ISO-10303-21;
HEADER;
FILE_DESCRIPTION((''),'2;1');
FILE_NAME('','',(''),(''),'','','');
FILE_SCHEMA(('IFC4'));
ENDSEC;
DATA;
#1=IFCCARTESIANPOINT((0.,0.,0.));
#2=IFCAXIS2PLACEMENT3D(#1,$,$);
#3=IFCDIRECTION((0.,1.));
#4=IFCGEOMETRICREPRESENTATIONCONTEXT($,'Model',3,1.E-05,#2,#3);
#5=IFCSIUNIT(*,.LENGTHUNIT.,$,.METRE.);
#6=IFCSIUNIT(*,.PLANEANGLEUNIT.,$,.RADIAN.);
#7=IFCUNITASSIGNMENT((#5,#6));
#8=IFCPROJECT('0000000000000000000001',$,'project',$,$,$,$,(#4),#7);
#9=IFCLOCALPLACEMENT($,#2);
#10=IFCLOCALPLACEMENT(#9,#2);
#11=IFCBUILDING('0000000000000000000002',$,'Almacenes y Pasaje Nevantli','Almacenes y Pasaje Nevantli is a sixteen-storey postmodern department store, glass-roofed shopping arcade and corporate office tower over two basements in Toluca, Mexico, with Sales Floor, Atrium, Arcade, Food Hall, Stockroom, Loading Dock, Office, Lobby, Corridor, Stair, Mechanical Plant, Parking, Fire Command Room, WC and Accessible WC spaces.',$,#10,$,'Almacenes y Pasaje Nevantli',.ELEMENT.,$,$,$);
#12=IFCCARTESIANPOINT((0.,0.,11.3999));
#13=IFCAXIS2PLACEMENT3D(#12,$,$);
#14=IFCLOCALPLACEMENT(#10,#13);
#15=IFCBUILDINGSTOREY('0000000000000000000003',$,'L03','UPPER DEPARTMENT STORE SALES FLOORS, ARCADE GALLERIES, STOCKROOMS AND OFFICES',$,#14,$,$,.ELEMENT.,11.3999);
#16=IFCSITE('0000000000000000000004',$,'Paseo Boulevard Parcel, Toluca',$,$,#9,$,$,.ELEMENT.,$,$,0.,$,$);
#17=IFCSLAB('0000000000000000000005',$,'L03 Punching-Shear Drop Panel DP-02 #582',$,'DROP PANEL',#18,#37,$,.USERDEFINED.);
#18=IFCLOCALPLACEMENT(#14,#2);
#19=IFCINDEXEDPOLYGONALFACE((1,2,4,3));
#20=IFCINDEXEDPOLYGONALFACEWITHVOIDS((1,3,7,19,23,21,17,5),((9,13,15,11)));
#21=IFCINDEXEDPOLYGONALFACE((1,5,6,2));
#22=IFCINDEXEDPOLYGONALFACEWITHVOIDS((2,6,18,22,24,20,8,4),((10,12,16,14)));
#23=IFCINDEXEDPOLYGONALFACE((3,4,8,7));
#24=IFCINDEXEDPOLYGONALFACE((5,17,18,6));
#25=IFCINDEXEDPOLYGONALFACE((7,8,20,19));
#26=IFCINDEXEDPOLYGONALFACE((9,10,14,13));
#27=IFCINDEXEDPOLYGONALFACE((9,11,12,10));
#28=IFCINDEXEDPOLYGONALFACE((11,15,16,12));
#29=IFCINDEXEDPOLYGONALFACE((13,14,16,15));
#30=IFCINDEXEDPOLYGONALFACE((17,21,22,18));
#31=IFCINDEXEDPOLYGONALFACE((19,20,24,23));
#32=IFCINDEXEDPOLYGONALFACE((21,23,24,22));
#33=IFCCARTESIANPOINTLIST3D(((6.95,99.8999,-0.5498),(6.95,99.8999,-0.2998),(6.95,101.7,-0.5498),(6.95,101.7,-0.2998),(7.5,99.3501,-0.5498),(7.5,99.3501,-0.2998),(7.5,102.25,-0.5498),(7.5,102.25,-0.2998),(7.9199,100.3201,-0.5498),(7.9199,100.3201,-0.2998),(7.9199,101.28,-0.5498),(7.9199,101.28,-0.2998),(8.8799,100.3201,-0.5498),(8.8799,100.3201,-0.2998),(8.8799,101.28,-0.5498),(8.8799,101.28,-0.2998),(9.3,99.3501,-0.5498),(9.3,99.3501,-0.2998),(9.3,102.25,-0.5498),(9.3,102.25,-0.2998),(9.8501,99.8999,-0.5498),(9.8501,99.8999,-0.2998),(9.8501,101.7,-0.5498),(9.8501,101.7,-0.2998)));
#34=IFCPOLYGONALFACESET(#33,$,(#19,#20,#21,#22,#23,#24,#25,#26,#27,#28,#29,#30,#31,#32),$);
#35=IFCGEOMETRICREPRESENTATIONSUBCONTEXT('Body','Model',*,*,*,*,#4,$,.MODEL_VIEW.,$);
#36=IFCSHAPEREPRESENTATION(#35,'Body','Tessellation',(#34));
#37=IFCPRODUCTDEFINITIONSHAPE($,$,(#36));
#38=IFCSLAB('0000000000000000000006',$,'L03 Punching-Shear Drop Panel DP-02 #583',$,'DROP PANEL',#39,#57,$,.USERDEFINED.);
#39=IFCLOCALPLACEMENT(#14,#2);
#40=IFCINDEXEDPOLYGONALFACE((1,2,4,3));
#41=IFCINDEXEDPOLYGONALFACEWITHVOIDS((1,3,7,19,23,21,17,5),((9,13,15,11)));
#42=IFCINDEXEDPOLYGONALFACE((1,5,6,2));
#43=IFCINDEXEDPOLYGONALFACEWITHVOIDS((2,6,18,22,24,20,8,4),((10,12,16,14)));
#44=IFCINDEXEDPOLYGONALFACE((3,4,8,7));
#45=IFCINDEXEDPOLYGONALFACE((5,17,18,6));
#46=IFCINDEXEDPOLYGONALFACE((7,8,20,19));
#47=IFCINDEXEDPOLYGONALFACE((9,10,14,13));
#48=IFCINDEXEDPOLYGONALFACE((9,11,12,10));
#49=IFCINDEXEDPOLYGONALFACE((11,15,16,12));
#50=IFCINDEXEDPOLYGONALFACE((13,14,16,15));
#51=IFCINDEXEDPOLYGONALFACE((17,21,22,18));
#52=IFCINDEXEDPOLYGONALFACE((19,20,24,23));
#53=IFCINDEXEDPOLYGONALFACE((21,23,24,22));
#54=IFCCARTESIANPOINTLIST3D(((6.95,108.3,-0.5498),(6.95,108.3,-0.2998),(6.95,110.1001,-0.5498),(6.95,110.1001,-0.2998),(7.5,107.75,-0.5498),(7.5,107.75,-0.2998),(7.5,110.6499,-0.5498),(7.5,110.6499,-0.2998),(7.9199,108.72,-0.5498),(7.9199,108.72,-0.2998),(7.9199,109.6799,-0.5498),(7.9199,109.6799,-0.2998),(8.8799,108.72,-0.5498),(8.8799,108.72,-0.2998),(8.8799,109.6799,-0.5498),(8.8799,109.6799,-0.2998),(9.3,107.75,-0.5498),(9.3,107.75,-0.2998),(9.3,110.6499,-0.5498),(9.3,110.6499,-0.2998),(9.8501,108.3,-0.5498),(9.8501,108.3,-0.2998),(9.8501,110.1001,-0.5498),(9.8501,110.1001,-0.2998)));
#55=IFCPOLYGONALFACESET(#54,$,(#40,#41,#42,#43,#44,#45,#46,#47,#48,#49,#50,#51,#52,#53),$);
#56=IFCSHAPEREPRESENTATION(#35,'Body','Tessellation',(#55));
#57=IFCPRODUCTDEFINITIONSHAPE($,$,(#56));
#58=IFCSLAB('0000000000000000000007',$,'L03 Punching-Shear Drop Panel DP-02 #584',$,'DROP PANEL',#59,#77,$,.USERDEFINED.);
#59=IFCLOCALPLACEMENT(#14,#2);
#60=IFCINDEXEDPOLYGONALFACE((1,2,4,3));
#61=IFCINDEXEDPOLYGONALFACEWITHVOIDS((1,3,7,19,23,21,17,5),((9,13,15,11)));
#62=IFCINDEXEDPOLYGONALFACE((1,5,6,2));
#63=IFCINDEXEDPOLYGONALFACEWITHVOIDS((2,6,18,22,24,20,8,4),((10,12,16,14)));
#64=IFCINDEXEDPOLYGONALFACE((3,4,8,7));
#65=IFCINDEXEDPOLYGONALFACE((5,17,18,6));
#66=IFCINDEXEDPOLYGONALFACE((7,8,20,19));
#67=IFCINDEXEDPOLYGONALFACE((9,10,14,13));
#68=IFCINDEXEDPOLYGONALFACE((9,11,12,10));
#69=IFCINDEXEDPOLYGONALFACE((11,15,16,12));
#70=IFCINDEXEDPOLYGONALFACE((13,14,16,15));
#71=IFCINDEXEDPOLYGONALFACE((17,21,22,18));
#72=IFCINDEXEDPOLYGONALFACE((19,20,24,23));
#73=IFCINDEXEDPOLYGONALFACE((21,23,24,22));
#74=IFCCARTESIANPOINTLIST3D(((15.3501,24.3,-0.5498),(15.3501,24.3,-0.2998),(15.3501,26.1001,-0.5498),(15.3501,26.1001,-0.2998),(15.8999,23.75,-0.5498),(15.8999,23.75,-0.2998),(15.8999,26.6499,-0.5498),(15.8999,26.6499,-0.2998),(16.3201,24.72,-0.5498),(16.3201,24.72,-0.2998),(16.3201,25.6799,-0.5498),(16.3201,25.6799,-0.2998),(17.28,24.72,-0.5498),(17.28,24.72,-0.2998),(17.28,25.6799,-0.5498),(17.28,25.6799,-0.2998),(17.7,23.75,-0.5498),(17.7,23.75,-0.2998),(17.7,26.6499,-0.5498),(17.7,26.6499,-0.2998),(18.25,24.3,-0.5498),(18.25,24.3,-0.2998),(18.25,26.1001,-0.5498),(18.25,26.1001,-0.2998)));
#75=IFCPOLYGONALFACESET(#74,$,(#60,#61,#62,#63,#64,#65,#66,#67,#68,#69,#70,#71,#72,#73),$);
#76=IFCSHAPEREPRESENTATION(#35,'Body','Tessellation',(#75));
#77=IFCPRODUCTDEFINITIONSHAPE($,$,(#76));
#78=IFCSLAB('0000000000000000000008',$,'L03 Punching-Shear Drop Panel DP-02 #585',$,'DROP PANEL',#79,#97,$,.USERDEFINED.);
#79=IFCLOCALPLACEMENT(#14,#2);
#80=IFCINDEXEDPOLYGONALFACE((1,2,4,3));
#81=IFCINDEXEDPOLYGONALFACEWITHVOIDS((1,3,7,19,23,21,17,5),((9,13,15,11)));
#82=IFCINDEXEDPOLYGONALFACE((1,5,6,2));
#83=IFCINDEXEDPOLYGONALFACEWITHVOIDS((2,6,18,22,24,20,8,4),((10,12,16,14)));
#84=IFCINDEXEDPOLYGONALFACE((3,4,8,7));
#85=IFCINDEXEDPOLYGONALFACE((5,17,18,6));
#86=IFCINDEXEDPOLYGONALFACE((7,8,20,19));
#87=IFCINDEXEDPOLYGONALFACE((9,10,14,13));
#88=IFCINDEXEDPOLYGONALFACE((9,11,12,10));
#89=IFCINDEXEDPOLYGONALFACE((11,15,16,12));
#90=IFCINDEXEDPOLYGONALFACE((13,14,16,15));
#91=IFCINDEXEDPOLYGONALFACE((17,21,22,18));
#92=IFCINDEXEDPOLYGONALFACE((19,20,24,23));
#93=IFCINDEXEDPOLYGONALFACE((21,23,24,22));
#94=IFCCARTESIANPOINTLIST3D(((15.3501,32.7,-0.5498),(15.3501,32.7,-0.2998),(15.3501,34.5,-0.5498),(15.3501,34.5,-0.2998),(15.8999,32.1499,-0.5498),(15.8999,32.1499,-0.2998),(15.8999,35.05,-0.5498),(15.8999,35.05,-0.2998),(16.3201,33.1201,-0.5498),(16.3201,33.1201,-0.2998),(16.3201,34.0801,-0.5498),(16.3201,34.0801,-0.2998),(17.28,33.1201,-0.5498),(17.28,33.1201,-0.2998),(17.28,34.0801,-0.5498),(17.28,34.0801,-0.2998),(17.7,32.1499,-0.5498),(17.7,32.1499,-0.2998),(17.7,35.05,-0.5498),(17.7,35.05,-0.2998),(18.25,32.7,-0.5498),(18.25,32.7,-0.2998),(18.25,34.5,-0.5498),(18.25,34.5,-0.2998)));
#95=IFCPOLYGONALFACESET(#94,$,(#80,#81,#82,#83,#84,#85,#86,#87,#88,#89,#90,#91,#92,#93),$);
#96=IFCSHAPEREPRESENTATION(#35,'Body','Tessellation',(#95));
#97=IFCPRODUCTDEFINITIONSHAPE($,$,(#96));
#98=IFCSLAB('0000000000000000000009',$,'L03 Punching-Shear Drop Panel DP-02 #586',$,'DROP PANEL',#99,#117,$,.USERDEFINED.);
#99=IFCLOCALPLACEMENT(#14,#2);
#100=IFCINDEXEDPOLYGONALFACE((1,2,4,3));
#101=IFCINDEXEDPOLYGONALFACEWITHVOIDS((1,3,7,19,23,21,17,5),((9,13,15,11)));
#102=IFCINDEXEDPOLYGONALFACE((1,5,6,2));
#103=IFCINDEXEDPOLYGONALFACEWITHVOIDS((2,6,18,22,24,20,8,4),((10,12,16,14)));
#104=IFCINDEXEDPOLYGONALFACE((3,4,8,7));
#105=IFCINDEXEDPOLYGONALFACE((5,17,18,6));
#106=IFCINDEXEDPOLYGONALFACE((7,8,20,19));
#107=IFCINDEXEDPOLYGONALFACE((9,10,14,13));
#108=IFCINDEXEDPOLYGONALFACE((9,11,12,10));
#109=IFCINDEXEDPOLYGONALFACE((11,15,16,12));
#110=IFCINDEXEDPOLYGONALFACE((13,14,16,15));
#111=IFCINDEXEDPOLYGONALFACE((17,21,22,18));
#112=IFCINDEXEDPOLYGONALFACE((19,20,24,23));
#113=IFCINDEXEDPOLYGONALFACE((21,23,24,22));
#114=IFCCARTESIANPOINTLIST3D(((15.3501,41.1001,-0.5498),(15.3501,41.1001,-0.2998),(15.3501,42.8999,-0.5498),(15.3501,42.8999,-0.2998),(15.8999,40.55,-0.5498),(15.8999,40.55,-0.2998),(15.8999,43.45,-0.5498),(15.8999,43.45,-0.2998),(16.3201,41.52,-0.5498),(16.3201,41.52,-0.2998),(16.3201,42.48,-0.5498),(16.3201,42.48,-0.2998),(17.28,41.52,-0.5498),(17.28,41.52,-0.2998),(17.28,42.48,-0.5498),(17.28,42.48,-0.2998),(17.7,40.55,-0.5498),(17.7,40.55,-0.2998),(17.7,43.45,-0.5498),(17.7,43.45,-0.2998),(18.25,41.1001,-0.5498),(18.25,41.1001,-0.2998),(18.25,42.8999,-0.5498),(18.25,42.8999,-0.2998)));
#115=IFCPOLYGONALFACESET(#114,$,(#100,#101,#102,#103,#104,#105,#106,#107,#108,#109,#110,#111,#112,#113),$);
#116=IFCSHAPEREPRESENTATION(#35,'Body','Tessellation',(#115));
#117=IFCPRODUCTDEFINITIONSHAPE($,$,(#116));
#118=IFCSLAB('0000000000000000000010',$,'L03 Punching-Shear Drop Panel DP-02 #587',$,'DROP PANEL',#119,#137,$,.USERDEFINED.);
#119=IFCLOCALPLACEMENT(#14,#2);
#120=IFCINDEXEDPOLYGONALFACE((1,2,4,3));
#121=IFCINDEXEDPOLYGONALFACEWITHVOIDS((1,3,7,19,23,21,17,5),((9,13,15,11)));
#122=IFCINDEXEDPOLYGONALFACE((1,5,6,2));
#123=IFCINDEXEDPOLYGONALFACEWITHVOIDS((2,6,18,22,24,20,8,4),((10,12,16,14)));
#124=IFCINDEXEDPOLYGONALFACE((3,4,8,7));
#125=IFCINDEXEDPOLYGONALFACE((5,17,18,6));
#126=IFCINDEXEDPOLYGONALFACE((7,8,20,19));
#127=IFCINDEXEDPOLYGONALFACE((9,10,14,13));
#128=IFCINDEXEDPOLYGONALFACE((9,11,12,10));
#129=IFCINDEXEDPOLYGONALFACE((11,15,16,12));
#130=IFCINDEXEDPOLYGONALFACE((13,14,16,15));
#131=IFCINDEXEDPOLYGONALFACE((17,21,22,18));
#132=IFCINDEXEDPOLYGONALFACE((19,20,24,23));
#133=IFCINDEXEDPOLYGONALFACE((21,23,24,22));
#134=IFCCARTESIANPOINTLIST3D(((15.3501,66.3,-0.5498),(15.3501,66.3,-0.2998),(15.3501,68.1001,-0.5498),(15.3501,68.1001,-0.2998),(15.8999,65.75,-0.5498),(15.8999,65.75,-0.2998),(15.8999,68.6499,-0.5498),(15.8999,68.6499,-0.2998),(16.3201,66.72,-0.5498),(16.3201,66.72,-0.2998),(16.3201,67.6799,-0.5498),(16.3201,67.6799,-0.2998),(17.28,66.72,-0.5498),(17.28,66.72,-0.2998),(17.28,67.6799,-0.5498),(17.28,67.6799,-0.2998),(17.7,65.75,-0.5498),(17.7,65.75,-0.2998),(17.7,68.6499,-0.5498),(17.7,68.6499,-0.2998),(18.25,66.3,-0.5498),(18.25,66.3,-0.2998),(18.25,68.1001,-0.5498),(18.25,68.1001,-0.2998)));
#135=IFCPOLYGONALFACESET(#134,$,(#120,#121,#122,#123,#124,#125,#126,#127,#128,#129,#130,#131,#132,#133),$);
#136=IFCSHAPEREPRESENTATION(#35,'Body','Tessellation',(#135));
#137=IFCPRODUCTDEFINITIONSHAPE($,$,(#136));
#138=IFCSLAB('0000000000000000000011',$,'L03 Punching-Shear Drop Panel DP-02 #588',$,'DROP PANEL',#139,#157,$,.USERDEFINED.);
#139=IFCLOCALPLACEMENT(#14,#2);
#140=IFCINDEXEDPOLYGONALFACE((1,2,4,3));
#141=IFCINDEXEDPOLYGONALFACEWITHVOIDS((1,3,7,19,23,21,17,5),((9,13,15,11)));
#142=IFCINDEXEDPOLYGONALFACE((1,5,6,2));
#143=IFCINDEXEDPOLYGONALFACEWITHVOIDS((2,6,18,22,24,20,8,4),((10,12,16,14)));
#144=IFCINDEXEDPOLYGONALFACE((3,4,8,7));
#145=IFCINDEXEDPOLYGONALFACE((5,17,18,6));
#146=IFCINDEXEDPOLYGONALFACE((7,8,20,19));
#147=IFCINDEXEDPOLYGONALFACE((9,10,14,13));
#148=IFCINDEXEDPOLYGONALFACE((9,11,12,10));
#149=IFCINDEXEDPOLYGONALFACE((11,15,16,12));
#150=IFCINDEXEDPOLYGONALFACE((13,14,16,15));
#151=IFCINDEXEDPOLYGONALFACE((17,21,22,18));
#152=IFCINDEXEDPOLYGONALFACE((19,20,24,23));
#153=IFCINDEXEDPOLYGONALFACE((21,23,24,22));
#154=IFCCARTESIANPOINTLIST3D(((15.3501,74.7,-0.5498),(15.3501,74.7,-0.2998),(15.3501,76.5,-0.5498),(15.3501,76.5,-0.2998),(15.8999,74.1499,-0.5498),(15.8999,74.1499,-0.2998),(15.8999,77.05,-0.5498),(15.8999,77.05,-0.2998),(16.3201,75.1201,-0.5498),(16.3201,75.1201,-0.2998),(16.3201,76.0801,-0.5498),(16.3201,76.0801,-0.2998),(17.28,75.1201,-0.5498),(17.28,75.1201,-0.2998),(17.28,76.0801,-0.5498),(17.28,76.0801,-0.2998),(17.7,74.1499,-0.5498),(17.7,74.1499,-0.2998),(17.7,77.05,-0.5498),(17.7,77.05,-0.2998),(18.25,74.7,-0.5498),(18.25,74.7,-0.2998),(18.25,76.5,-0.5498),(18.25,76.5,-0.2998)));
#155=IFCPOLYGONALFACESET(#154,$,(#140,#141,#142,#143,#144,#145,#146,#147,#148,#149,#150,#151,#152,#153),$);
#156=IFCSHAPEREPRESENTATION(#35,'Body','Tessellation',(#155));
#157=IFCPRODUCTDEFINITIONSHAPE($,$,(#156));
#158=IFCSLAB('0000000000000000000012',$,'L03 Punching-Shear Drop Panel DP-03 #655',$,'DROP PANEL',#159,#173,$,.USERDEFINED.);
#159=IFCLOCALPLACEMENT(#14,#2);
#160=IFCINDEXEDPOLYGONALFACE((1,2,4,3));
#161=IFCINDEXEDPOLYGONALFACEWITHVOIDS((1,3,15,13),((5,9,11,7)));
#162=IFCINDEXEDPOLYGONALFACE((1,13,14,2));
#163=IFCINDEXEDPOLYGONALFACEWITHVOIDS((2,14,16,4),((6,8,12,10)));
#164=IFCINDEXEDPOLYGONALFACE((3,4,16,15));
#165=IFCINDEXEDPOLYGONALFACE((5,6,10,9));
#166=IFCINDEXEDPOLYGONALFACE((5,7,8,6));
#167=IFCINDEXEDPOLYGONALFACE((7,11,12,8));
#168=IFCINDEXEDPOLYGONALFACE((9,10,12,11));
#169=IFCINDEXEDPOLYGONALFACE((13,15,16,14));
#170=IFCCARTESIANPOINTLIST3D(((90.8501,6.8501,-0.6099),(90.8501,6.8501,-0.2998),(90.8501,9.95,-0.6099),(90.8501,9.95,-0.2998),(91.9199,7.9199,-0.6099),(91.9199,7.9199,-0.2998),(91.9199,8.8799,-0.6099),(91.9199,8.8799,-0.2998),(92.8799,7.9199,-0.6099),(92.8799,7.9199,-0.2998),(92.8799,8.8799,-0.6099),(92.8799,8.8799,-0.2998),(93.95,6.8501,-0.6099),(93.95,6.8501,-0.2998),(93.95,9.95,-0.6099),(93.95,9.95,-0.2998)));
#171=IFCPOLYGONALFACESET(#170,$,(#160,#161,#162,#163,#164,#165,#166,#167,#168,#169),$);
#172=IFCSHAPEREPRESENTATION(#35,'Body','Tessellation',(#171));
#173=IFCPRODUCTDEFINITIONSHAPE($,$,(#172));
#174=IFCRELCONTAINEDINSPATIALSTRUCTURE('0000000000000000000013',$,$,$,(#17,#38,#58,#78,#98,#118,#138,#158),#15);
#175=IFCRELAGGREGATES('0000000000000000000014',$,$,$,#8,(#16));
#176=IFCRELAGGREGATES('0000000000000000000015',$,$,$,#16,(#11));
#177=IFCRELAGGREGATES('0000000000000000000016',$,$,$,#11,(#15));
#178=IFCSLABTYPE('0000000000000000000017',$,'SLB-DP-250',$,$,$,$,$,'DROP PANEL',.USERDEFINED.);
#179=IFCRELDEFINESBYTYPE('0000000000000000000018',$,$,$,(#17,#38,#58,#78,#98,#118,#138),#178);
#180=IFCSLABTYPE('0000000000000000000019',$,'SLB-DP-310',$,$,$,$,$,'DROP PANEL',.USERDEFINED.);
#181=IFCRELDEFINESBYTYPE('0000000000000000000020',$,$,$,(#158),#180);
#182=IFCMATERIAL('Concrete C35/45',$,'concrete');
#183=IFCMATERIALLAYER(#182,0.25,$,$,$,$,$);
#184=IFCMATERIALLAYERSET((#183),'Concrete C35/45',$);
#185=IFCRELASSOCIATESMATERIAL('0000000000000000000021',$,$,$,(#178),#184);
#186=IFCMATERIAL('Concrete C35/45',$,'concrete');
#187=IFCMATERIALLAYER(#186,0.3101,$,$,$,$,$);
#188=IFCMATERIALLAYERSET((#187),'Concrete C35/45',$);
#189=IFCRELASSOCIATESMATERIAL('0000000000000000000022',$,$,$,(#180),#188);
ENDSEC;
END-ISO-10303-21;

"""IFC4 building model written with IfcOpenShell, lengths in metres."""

from ifc_helpers import new_model, si_unit, direction, frame, origin, place, context, subcontext, project, spatial, polyline, outline, extrude, material, layer, layer_set, type_object, element, save


model = new_model("IFC4")

# Units and contexts
model_context = context("Model", 3, precision=1e-05, world=origin(), true_north=direction((0.0, 1.0)))
body_context = subcontext(model_context, "Body", "Model", "MODEL_VIEW")
ifc_project = project(units=[si_unit("LENGTHUNIT", "METRE"), si_unit("PLANEANGLEUNIT", "RADIAN")], contexts=[model_context])

# Site, building, storey
site_placement = place(None, origin())
site = spatial("IfcSite", under=ifc_project, at=site_placement, Name="Paseo Boulevard Parcel, Toluca", CompositionType="ELEMENT", RefElevation=0.0)
building_placement = place(site_placement, origin())
building = spatial("IfcBuilding", under=site, at=building_placement, Name="Almacenes y Pasaje Nevantli", Description="Almacenes y Pasaje Nevantli is a sixteen-storey postmodern department store, glass-roofed shopping arcade and corporate office tower over two basements in Toluca, Mexico, with Sales Floor, Atrium, Arcade, Food Hall, Stockroom, Loading Dock, Office, Lobby, Corridor, Stair, Mechanical Plant, Parking, Fire Command Room, WC and Accessible WC spaces.", LongName="Almacenes y Pasaje Nevantli", CompositionType="ELEMENT")
storey_placement = place(building_placement, frame((0.0, 0.0, 11.3999)))
storey = spatial("IfcBuildingStorey", under=building, at=storey_placement, Name="L03", Description="UPPER DEPARTMENT STORE SALES FLOORS, ARCADE GALLERIES, STOCKROOMS AND OFFICES", CompositionType="ELEMENT", Elevation=11.3999)

# Slabs
ifc_material_1 = material(Name="Concrete C35/45", Category="concrete")
ifc_layer_1 = layer(ifc_material_1, 0.25)
ifc_layer_set_1 = layer_set([ifc_layer_1], Name="Concrete C35/45")
slab_type_1 = type_object("IfcSlabType", Name="SLB-DP-250", ElementType="DROP PANEL", PredefinedType="USERDEFINED", material=ifc_layer_set_1)
slab_1_placement = place(storey_placement, frame((0.0, 0.0, -0.5498)))
element("IfcSlab", 1, at=slab_1_placement, inside=storey, type_object=slab_type_1, Name="L03 Punching-Shear Drop Panel DP-02 #582", ObjectType="DROP PANEL", PredefinedType="USERDEFINED", context=body_context, shape_type="SweptSolid", body=[
    extrude(outline(polyline([(7.5, 99.3501), (9.3, 99.3501), (9.8501, 99.8999), (9.8501, 101.7), (9.3, 102.25), (7.5, 102.25), (6.95, 101.7), (6.95, 99.8999), (7.5, 99.3501)]), holes=[polyline([(7.9199, 100.3201), (8.8799, 100.3201), (8.8799, 101.28), (7.9199, 101.28), (7.9199, 100.3201)])]), origin(), (0.0, 0.0, 1.0), 0.25),
])
slab_2_placement = place(storey_placement, frame((0.0, 0.0, -0.5498)))
element("IfcSlab", 2, at=slab_2_placement, inside=storey, type_object=slab_type_1, Name="L03 Punching-Shear Drop Panel DP-02 #583", ObjectType="DROP PANEL", PredefinedType="USERDEFINED", context=body_context, shape_type="SweptSolid", body=[
    extrude(outline(polyline([(7.5, 107.75), (9.3, 107.75), (9.8501, 108.3), (9.8501, 110.1001), (9.3, 110.6499), (7.5, 110.6499), (6.95, 110.1001), (6.95, 108.3), (7.5, 107.75)]), holes=[polyline([(7.9199, 108.72), (8.8799, 108.72), (8.8799, 109.6799), (7.9199, 109.6799), (7.9199, 108.72)])]), origin(), (0.0, 0.0, 1.0), 0.25),
])
slab_3_placement = place(storey_placement, frame((0.0, 0.0, -0.5498)))
element("IfcSlab", 3, at=slab_3_placement, inside=storey, type_object=slab_type_1, Name="L03 Punching-Shear Drop Panel DP-02 #584", ObjectType="DROP PANEL", PredefinedType="USERDEFINED", context=body_context, shape_type="SweptSolid", body=[
    extrude(outline(polyline([(15.8999, 23.75), (17.7, 23.75), (18.25, 24.3), (18.25, 26.1001), (17.7, 26.6499), (15.8999, 26.6499), (15.3501, 26.1001), (15.3501, 24.3), (15.8999, 23.75)]), holes=[polyline([(16.3201, 24.72), (17.28, 24.72), (17.28, 25.6799), (16.3201, 25.6799), (16.3201, 24.72)])]), origin(), (0.0, 0.0, 1.0), 0.25),
])
slab_4_placement = place(storey_placement, frame((0.0, 0.0, -0.5498)))
element("IfcSlab", 4, at=slab_4_placement, inside=storey, type_object=slab_type_1, Name="L03 Punching-Shear Drop Panel DP-02 #585", ObjectType="DROP PANEL", PredefinedType="USERDEFINED", context=body_context, shape_type="SweptSolid", body=[
    extrude(outline(polyline([(15.8999, 32.1499), (17.7, 32.1499), (18.25, 32.7), (18.25, 34.5), (17.7, 35.05), (15.8999, 35.05), (15.3501, 34.5), (15.3501, 32.7), (15.8999, 32.1499)]), holes=[polyline([(16.3201, 33.1201), (17.28, 33.1201), (17.28, 34.0801), (16.3201, 34.0801), (16.3201, 33.1201)])]), origin(), (0.0, 0.0, 1.0), 0.25),
])
slab_5_placement = place(storey_placement, frame((0.0, 0.0, -0.5498)))
element("IfcSlab", 5, at=slab_5_placement, inside=storey, type_object=slab_type_1, Name="L03 Punching-Shear Drop Panel DP-02 #586", ObjectType="DROP PANEL", PredefinedType="USERDEFINED", context=body_context, shape_type="SweptSolid", body=[
    extrude(outline(polyline([(15.8999, 40.55), (17.7, 40.55), (18.25, 41.1001), (18.25, 42.8999), (17.7, 43.45), (15.8999, 43.45), (15.3501, 42.8999), (15.3501, 41.1001), (15.8999, 40.55)]), holes=[polyline([(16.3201, 41.52), (17.28, 41.52), (17.28, 42.48), (16.3201, 42.48), (16.3201, 41.52)])]), origin(), (0.0, 0.0, 1.0), 0.25),
])
slab_6_placement = place(storey_placement, frame((0.0, 0.0, -0.5498)))
element("IfcSlab", 6, at=slab_6_placement, inside=storey, type_object=slab_type_1, Name="L03 Punching-Shear Drop Panel DP-02 #587", ObjectType="DROP PANEL", PredefinedType="USERDEFINED", context=body_context, shape_type="SweptSolid", body=[
    extrude(outline(polyline([(15.8999, 65.75), (17.7, 65.75), (18.25, 66.3), (18.25, 68.1001), (17.7, 68.6499), (15.8999, 68.6499), (15.3501, 68.1001), (15.3501, 66.3), (15.8999, 65.75)]), holes=[polyline([(16.3201, 66.72), (17.28, 66.72), (17.28, 67.6799), (16.3201, 67.6799), (16.3201, 66.72)])]), origin(), (0.0, 0.0, 1.0), 0.25),
])
slab_7_placement = place(storey_placement, frame((0.0, 0.0, -0.5498)))
element("IfcSlab", 7, at=slab_7_placement, inside=storey, type_object=slab_type_1, Name="L03 Punching-Shear Drop Panel DP-02 #588", ObjectType="DROP PANEL", PredefinedType="USERDEFINED", context=body_context, shape_type="SweptSolid", body=[
    extrude(outline(polyline([(15.8999, 74.1499), (17.7, 74.1499), (18.25, 74.7), (18.25, 76.5), (17.7, 77.05), (15.8999, 77.05), (15.3501, 76.5), (15.3501, 74.7), (15.8999, 74.1499)]), holes=[polyline([(16.3201, 75.1201), (17.28, 75.1201), (17.28, 76.0801), (16.3201, 76.0801), (16.3201, 75.1201)])]), origin(), (0.0, 0.0, 1.0), 0.25),
])
ifc_material_2 = material(Name="Concrete C35/45", Category="concrete")
ifc_layer_2 = layer(ifc_material_2, 0.3101)
ifc_layer_set_2 = layer_set([ifc_layer_2], Name="Concrete C35/45")
slab_type_2 = type_object("IfcSlabType", Name="SLB-DP-310", ElementType="DROP PANEL", PredefinedType="USERDEFINED", material=ifc_layer_set_2)
slab_8_placement = place(storey_placement, frame((0.0, 0.0, -0.6099)))
element("IfcSlab", 8, at=slab_8_placement, inside=storey, type_object=slab_type_2, Name="L03 Punching-Shear Drop Panel DP-03 #655", ObjectType="DROP PANEL", PredefinedType="USERDEFINED", context=body_context, shape_type="SweptSolid", body=[
    extrude(outline(polyline([(90.8501, 6.8501), (93.95, 6.8501), (93.95, 9.95), (90.8501, 9.95), (90.8501, 6.8501)]), holes=[polyline([(91.9199, 7.9199), (92.8799, 7.9199), (92.8799, 8.8799), (91.9199, 8.8799), (91.9199, 7.9199)])]), origin(), (0.0, 0.0, 1.0), 0.3101),
])

save(model, "model.ifc")
